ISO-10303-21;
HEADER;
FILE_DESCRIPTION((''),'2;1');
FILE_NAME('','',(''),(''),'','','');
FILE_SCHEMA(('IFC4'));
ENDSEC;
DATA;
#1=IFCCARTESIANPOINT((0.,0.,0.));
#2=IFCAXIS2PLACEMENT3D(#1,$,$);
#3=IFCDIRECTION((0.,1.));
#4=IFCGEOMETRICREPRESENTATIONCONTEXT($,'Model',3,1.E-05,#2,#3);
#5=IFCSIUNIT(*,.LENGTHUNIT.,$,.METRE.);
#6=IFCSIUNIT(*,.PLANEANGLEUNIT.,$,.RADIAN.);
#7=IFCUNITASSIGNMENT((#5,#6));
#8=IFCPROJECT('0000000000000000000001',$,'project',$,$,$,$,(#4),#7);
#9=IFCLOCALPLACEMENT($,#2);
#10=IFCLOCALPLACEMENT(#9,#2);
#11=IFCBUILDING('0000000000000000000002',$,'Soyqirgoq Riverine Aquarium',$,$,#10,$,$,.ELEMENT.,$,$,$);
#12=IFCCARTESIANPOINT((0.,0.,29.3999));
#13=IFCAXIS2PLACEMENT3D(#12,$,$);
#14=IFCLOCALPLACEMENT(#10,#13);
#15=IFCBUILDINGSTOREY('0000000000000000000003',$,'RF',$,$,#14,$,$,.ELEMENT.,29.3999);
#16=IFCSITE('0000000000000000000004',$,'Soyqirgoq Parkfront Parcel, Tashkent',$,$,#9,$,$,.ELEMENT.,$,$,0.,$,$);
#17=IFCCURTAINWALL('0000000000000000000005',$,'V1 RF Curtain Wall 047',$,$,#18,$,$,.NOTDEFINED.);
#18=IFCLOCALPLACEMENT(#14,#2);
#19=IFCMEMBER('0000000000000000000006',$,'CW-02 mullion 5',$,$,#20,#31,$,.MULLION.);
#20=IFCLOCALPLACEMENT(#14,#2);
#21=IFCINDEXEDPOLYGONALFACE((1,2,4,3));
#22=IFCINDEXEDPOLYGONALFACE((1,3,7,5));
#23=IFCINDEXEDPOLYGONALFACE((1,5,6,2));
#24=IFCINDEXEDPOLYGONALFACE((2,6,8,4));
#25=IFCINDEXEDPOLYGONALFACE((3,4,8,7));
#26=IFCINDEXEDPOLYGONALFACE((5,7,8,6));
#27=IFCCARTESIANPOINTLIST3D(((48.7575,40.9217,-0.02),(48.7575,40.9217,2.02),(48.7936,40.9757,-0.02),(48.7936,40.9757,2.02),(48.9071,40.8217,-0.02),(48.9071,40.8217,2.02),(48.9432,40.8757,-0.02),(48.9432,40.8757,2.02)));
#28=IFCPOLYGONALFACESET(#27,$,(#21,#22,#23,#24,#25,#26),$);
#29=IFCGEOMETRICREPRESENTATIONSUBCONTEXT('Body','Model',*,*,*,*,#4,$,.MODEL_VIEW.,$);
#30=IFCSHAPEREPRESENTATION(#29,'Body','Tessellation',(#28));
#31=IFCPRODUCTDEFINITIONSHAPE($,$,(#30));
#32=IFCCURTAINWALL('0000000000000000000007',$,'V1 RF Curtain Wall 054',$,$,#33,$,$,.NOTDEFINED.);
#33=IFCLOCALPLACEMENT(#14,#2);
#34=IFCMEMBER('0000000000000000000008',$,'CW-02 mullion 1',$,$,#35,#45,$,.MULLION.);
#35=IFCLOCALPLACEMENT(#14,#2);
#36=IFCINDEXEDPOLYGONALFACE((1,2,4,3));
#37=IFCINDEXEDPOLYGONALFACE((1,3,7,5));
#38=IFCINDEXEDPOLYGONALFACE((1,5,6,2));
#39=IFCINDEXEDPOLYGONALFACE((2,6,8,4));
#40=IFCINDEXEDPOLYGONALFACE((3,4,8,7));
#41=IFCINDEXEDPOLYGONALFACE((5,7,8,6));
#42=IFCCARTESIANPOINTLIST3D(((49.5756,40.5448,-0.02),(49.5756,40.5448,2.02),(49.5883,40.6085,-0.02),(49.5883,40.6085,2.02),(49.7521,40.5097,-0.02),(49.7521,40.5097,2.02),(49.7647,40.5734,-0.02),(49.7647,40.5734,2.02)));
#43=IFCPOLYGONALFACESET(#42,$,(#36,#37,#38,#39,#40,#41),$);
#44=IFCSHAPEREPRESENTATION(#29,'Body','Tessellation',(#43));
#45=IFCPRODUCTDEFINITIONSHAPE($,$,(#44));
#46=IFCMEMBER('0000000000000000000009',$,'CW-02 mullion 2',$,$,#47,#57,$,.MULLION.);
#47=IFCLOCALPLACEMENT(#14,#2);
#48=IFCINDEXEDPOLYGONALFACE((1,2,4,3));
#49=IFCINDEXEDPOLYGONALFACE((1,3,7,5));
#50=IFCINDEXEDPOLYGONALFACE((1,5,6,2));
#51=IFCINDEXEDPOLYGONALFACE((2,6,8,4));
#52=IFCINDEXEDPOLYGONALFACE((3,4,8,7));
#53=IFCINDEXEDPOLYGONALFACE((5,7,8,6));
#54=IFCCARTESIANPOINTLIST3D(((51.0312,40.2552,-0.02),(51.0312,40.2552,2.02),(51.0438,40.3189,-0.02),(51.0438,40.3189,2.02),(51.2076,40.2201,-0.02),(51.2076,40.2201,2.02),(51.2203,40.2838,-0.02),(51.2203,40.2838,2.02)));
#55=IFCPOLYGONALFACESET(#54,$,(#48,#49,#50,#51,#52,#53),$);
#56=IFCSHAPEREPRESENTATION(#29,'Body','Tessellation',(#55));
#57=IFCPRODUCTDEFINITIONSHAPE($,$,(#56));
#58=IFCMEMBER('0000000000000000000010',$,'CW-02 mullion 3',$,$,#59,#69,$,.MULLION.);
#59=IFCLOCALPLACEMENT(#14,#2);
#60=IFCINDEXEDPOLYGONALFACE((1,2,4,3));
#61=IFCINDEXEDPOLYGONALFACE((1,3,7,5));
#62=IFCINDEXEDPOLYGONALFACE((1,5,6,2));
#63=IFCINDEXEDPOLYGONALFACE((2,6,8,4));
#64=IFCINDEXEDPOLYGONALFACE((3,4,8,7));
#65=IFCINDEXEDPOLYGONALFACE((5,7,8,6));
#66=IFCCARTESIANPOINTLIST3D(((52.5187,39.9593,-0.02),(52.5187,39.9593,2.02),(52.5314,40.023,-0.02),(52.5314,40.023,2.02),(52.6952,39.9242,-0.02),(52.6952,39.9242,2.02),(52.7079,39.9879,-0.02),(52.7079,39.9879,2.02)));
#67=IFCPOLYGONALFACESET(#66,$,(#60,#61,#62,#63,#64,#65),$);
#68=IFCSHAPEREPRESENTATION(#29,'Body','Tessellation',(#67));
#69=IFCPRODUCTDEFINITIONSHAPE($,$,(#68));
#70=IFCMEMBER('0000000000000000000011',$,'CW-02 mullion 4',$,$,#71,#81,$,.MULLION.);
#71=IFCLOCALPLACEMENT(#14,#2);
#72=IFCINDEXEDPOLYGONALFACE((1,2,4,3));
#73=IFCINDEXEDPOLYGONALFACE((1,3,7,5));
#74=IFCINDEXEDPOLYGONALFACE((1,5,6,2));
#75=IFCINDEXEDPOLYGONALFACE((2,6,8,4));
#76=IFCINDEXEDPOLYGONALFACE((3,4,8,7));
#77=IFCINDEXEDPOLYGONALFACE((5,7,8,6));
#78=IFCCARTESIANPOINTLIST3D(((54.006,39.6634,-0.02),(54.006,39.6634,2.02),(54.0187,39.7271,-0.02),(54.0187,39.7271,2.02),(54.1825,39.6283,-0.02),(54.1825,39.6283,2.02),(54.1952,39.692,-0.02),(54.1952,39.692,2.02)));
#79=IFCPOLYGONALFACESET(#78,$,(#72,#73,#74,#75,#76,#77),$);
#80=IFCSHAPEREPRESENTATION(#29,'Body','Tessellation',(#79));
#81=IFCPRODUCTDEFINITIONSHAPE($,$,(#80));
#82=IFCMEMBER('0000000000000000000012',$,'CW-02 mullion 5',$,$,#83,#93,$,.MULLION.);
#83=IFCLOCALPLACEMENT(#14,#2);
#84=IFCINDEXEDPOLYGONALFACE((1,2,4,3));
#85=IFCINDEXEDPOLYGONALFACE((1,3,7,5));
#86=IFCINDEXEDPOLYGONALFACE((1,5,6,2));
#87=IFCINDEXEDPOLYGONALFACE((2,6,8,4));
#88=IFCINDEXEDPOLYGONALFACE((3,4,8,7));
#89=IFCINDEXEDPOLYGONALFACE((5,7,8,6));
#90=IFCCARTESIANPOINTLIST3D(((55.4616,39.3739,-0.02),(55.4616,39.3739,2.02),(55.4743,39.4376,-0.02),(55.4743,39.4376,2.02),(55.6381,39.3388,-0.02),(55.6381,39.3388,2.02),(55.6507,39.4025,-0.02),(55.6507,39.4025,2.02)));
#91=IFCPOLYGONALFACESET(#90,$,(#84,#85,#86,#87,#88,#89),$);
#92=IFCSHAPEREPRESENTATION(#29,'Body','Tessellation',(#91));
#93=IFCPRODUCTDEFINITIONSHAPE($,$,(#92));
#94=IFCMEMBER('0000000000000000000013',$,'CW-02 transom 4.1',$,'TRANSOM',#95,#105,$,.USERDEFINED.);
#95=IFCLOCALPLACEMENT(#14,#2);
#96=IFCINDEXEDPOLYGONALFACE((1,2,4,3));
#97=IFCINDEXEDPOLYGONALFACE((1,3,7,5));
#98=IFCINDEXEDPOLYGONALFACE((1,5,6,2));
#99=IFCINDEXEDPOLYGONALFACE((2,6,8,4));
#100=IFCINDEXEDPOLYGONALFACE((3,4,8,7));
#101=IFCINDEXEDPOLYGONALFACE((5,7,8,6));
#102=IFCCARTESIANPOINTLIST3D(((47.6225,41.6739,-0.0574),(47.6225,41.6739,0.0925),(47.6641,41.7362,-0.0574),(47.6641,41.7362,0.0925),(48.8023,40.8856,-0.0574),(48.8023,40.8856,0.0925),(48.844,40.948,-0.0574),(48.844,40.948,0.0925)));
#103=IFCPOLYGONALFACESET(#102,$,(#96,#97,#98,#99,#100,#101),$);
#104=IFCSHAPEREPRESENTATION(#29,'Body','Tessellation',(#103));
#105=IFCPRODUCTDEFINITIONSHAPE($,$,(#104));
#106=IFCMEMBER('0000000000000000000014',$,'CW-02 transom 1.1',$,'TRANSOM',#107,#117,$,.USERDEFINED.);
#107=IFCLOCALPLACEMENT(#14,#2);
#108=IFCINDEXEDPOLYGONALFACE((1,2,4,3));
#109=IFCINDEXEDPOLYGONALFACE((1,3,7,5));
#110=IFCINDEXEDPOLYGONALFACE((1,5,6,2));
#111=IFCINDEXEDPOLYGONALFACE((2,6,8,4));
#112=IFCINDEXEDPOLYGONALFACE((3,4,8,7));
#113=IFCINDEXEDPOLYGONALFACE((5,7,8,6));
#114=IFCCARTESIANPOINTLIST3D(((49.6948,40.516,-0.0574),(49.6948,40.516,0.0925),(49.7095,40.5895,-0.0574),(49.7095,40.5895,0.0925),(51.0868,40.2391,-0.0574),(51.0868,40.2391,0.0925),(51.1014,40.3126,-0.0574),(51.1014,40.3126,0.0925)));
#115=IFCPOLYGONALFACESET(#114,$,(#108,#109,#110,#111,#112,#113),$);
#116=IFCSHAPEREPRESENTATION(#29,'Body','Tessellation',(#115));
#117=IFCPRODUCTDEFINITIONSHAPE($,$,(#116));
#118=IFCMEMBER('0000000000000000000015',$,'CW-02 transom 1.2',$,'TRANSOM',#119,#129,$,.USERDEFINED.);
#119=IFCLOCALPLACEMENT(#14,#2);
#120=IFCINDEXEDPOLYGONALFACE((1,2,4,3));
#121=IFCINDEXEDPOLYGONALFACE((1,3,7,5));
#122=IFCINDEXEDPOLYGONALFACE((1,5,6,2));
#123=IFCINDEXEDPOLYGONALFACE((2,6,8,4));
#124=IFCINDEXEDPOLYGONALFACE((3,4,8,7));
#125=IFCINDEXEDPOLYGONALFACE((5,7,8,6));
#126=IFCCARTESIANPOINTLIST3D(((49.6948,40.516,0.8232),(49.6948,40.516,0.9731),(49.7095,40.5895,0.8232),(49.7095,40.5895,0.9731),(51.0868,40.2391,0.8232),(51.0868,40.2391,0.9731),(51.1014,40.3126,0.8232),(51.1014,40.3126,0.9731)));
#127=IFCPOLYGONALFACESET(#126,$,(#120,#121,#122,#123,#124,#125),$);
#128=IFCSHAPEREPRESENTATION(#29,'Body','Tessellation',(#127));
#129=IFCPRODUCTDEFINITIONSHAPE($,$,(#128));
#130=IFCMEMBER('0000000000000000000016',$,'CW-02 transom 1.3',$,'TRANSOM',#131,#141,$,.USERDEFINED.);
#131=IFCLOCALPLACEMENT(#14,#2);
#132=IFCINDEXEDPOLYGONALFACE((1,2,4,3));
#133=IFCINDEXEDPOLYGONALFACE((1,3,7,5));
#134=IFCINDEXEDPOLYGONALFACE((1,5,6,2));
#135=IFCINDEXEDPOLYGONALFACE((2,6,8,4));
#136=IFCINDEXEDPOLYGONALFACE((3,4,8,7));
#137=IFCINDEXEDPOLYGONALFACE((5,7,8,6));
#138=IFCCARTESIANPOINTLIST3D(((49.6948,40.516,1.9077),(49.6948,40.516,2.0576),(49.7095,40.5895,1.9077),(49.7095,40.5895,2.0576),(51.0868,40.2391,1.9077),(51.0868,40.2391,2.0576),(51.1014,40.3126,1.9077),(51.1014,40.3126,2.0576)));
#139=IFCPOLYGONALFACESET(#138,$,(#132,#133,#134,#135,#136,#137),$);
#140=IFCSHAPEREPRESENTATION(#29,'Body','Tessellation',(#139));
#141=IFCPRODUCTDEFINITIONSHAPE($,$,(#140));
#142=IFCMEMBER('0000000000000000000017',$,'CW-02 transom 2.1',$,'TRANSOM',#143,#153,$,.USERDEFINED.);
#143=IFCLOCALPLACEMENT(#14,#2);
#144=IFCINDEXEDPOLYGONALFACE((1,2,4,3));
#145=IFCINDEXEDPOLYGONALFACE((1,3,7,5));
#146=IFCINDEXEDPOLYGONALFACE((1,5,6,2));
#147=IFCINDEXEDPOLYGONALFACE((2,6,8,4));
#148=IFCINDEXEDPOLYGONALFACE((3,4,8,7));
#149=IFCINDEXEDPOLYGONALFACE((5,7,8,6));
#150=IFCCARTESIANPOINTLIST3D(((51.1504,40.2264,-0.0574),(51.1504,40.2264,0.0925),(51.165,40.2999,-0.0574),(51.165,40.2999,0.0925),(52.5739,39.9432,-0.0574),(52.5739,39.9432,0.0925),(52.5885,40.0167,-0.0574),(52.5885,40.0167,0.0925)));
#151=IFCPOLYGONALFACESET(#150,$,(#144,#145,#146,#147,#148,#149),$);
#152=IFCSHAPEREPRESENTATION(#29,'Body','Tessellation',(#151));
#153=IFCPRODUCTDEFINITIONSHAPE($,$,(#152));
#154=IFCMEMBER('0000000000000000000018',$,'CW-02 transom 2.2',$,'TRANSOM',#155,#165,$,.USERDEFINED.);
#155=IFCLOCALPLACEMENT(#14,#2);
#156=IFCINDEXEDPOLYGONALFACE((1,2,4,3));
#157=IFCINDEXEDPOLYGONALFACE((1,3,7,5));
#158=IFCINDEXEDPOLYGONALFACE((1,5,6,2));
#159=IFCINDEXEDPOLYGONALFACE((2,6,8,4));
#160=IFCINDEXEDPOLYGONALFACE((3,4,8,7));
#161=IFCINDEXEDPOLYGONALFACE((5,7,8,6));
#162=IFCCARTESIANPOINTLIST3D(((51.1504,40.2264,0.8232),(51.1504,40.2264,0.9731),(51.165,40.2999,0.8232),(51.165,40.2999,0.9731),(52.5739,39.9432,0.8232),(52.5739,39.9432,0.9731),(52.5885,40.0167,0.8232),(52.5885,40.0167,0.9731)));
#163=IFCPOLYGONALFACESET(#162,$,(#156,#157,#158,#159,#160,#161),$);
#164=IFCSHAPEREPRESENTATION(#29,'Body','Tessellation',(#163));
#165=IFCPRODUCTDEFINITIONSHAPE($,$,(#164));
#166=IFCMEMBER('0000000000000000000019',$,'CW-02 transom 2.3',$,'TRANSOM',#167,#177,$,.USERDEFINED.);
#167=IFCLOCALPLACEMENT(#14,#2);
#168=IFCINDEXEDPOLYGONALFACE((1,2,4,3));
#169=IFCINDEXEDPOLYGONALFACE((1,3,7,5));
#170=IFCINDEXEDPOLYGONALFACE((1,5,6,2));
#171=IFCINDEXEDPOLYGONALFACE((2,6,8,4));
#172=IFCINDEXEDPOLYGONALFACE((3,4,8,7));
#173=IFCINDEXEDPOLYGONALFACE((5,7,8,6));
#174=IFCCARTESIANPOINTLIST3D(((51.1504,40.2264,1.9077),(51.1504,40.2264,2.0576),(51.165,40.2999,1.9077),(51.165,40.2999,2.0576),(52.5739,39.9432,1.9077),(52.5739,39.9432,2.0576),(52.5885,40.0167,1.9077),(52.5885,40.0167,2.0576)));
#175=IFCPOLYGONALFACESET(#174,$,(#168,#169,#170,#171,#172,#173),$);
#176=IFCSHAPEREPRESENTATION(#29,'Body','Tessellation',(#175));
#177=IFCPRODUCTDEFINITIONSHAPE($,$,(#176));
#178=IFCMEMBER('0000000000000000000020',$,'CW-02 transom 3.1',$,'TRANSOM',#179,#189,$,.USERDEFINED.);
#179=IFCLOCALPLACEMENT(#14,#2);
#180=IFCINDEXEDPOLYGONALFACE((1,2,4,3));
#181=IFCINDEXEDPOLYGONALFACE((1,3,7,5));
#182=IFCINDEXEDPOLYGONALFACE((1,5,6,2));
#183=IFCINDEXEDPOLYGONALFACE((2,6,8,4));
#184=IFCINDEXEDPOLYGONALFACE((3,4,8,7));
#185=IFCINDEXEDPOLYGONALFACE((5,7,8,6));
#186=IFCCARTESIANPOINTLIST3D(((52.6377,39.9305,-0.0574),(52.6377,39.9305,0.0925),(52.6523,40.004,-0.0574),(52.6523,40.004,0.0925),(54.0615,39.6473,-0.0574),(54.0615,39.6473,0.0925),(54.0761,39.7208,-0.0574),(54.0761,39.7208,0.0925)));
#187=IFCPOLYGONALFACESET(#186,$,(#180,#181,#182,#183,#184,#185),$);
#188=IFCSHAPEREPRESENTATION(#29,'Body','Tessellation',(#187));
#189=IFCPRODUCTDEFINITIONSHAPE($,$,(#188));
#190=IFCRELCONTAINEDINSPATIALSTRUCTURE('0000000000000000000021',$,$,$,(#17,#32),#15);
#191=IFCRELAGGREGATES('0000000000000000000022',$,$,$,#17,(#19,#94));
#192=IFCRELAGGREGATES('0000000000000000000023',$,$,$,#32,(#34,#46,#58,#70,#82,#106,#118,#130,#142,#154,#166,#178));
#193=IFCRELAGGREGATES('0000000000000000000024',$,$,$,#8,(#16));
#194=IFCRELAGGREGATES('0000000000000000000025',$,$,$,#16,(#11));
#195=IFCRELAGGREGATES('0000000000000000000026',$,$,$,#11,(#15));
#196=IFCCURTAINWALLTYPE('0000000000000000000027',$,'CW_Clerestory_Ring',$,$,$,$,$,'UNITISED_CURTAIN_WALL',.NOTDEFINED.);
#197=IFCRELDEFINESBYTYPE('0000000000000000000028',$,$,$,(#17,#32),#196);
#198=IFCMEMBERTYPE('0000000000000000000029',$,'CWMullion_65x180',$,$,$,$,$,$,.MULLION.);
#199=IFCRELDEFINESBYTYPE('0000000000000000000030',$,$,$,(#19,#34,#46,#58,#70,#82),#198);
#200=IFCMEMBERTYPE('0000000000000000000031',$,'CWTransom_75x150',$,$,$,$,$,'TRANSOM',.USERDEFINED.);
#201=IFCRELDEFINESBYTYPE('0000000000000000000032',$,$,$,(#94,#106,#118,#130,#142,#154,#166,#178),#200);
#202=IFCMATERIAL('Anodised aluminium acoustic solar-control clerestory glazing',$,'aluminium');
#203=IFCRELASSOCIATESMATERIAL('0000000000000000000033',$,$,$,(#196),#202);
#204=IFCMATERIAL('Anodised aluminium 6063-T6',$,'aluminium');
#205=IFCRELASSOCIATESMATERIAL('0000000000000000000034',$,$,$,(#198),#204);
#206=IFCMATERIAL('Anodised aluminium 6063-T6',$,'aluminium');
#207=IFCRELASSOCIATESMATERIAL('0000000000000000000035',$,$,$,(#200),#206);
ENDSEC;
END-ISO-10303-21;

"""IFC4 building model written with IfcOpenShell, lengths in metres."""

from ifc_helpers import new_model, si_unit, direction, frame, origin, origin_2d, place, context, subcontext, project, spatial, rectangle, extrude, material, material_profile, profile_set, type_object, element, aggregate, save


model = new_model("IFC4")

# Units and contexts
model_context = context("Model", 3, precision=1e-05, world=origin(), true_north=direction((0.0, 1.0)))
body_context = subcontext(model_context, "Body", "Model", "MODEL_VIEW")
ifc_project = project(units=[si_unit("LENGTHUNIT", "METRE"), si_unit("PLANEANGLEUNIT", "RADIAN")], contexts=[model_context])

# Site, building, storey
site_placement = place(None, origin())
site = spatial("IfcSite", under=ifc_project, at=site_placement, Name="Soyqirgoq Parkfront Parcel, Tashkent", CompositionType="ELEMENT", RefElevation=0.0)
building_placement = place(site_placement, origin())
building = spatial("IfcBuilding", under=site, at=building_placement, Name="Soyqirgoq Riverine Aquarium", CompositionType="ELEMENT")
storey_placement = place(building_placement, frame((0.0, 0.0, 29.3999)))
storey = spatial("IfcBuildingStorey", under=building, at=storey_placement, Name="RF", CompositionType="ELEMENT", Elevation=29.3999)

# Curtain wall, member
ifc_material_1 = material(Name="Anodised aluminium acoustic solar-control clerestory glazing", Category="aluminium")
curtain_wall_type = type_object("IfcCurtainWallType", Name="CW_Clerestory_Ring", ElementType="UNITISED_CURTAIN_WALL", PredefinedType="NOTDEFINED", material=ifc_material_1)
curtain_wall_1_placement = place(storey_placement, origin())
curtain_wall_1 = element("IfcCurtainWall", 1, at=curtain_wall_1_placement, inside=storey, type_object=curtain_wall_type, Name="V1 RF Curtain Wall 047", PredefinedType="NOTDEFINED")
ifc_material_2 = material(Name="Anodised aluminium 6063-T6", Category="aluminium")
ifc_material_profile_1 = material_profile(ifc_material_2, rectangle(XDim=0.0649, YDim=0.1799, at=origin_2d()), Name="ALU-M 65x180")
ifc_profile_set_1 = profile_set([ifc_material_profile_1], Name="Anodised aluminium 6063-T6")
member_type_1 = type_object("IfcMemberType", Name="CWMullion_65x180", PredefinedType="MULLION", material=ifc_profile_set_1)
member_1_placement = place(storey_placement, frame((48.8503, 40.8987, -0.02), z_axis=(0.0, 0.0, 1.0), x_axis=(0.555579, 0.831464, 0.0)))
member_1 = element("IfcMember", 2, at=member_1_placement, type_object=member_type_1, Name="CW-02 mullion 5", PredefinedType="MULLION", context=body_context, shape_type="SweptSolid", body=[
    extrude(rectangle(XDim=0.0649, YDim=0.1799, at=origin_2d()), origin(), (0.0, 0.0, 1.0), 2.04),
])

# Curtain wall, members
curtain_wall_2_placement = place(storey_placement, origin())
curtain_wall_2 = element("IfcCurtainWall", 3, at=curtain_wall_2_placement, inside=storey, type_object=curtain_wall_type, Name="V1 RF Curtain Wall 054", PredefinedType="NOTDEFINED")
member_2_placement = place(storey_placement, frame((49.6702, 40.5591, -0.02), z_axis=(0.0, 0.0, 1.0), x_axis=(0.195095, 0.980784, 0.0)))
member_2 = element("IfcMember", 4, at=member_2_placement, type_object=member_type_1, Name="CW-02 mullion 1", PredefinedType="MULLION", context=body_context, shape_type="SweptSolid", body=[
    extrude(rectangle(XDim=0.0649, YDim=0.1799, at=origin_2d()), origin(), (0.0, 0.0, 1.0), 2.04),
])
member_3_placement = place(storey_placement, frame((51.1257, 40.2695, -0.02), z_axis=(0.0, 0.0, 1.0), x_axis=(0.195095, 0.980784, 0.0)))
member_3 = element("IfcMember", 5, at=member_3_placement, type_object=member_type_1, Name="CW-02 mullion 2", PredefinedType="MULLION", context=body_context, shape_type="SweptSolid", body=[
    extrude(rectangle(XDim=0.0649, YDim=0.1799, at=origin_2d()), origin(), (0.0, 0.0, 1.0), 2.04),
])
member_4_placement = place(storey_placement, frame((52.6133, 39.9736, -0.02), z_axis=(0.0, 0.0, 1.0), x_axis=(0.195095, 0.980784, 0.0)))
member_4 = element("IfcMember", 6, at=member_4_placement, type_object=member_type_1, Name="CW-02 mullion 3", PredefinedType="MULLION", context=body_context, shape_type="SweptSolid", body=[
    extrude(rectangle(XDim=0.0649, YDim=0.1799, at=origin_2d()), origin(), (0.0, 0.0, 1.0), 2.04),
])
member_5_placement = place(storey_placement, frame((54.1006, 39.6777, -0.02), z_axis=(0.0, 0.0, 1.0), x_axis=(0.195095, 0.980784, 0.0)))
member_5 = element("IfcMember", 7, at=member_5_placement, type_object=member_type_1, Name="CW-02 mullion 4", PredefinedType="MULLION", context=body_context, shape_type="SweptSolid", body=[
    extrude(rectangle(XDim=0.0649, YDim=0.1799, at=origin_2d()), origin(), (0.0, 0.0, 1.0), 2.04),
])
member_6_placement = place(storey_placement, frame((55.5562, 39.3882, -0.02), z_axis=(0.0, 0.0, 1.0), x_axis=(0.195095, 0.980784, 0.0)))
member_6 = element("IfcMember", 8, at=member_6_placement, type_object=member_type_1, Name="CW-02 mullion 5", PredefinedType="MULLION", context=body_context, shape_type="SweptSolid", body=[
    extrude(rectangle(XDim=0.0649, YDim=0.1799, at=origin_2d()), origin(), (0.0, 0.0, 1.0), 2.04),
])

# Members
ifc_material_3 = material(Name="Anodised aluminium 6063-T6", Category="aluminium")
ifc_material_profile_2 = material_profile(ifc_material_3, rectangle(XDim=0.075, YDim=0.1499, at=origin_2d()), Name="ALU-T 75x150")
ifc_profile_set_2 = profile_set([ifc_material_profile_2], Name="Anodised aluminium 6063-T6")
member_type_2 = type_object("IfcMemberType", Name="CWTransom_75x150", ElementType="TRANSOM", PredefinedType="USERDEFINED", material=ifc_profile_set_2)
member_7_placement = place(storey_placement, frame((47.6433, 41.7051, 0.0176), z_axis=(0.831494, -0.555534, 0.0), x_axis=(0.555534, 0.831494, 0.0)))
member_7 = element("IfcMember", 9, at=member_7_placement, type_object=member_type_2, Name="CW-02 transom 4.1", ObjectType="TRANSOM", PredefinedType="USERDEFINED", context=body_context, shape_type="SweptSolid", body=[
    extrude(rectangle(XDim=0.075, YDim=0.1499, at=origin_2d()), origin(), (0.0, 0.0, 1.0), 1.4189),
])
member_8_placement = place(storey_placement, frame((49.7021, 40.5527, 0.0176), z_axis=(0.980785, -0.19509, 0.0), x_axis=(0.19509, 0.980785, 0.0)))
member_8 = element("IfcMember", 10, at=member_8_placement, type_object=member_type_2, Name="CW-02 transom 1.1", ObjectType="TRANSOM", PredefinedType="USERDEFINED", context=body_context, shape_type="SweptSolid", body=[
    extrude(rectangle(XDim=0.075, YDim=0.1499, at=origin_2d()), origin(), (0.0, 0.0, 1.0), 1.4192),
])
member_9_placement = place(storey_placement, frame((49.7021, 40.5527, 0.8982), z_axis=(0.980785, -0.19509, 0.0), x_axis=(0.19509, 0.980785, 0.0)))
member_9 = element("IfcMember", 11, at=member_9_placement, type_object=member_type_2, Name="CW-02 transom 1.2", ObjectType="TRANSOM", PredefinedType="USERDEFINED", context=body_context, shape_type="SweptSolid", body=[
    extrude(rectangle(XDim=0.075, YDim=0.1499, at=origin_2d()), origin(), (0.0, 0.0, 1.0), 1.4192),
])
member_10_placement = place(storey_placement, frame((49.7021, 40.5527, 1.9827), z_axis=(0.980785, -0.19509, 0.0), x_axis=(0.19509, 0.980785, 0.0)))
member_10 = element("IfcMember", 12, at=member_10_placement, type_object=member_type_2, Name="CW-02 transom 1.3", ObjectType="TRANSOM", PredefinedType="USERDEFINED", context=body_context, shape_type="SweptSolid", body=[
    extrude(rectangle(XDim=0.075, YDim=0.1499, at=origin_2d()), origin(), (0.0, 0.0, 1.0), 1.4192),
])
member_11_placement = place(storey_placement, frame((51.1577, 40.2632, 0.0176), z_axis=(0.980781, -0.195113, 0.0), x_axis=(0.195113, 0.980781, 0.0)))
member_11 = element("IfcMember", 13, at=member_11_placement, type_object=member_type_2, Name="CW-02 transom 2.1", ObjectType="TRANSOM", PredefinedType="USERDEFINED", context=body_context, shape_type="SweptSolid", body=[
    extrude(rectangle(XDim=0.075, YDim=0.1499, at=origin_2d()), origin(), (0.0, 0.0, 1.0), 1.4514),
])
member_12_placement = place(storey_placement, frame((51.1577, 40.2632, 0.8982), z_axis=(0.980781, -0.195113, 0.0), x_axis=(0.195113, 0.980781, 0.0)))
member_12 = element("IfcMember", 14, at=member_12_placement, type_object=member_type_2, Name="CW-02 transom 2.2", ObjectType="TRANSOM", PredefinedType="USERDEFINED", context=body_context, shape_type="SweptSolid", body=[
    extrude(rectangle(XDim=0.075, YDim=0.1499, at=origin_2d()), origin(), (0.0, 0.0, 1.0), 1.4514),
])
member_13_placement = place(storey_placement, frame((51.1577, 40.2632, 1.9827), z_axis=(0.980781, -0.195113, 0.0), x_axis=(0.195113, 0.980781, 0.0)))
member_13 = element("IfcMember", 15, at=member_13_placement, type_object=member_type_2, Name="CW-02 transom 2.3", ObjectType="TRANSOM", PredefinedType="USERDEFINED", context=body_context, shape_type="SweptSolid", body=[
    extrude(rectangle(XDim=0.075, YDim=0.1499, at=origin_2d()), origin(), (0.0, 0.0, 1.0), 1.4514),
])
member_14_placement = place(storey_placement, frame((52.645, 39.9673, 0.0176), z_axis=(0.980787, -0.195081, 0.0), x_axis=(0.195081, 0.980787, 0.0)))
member_14 = element("IfcMember", 16, at=member_14_placement, type_object=member_type_2, Name="CW-02 transom 3.1", ObjectType="TRANSOM", PredefinedType="USERDEFINED", context=body_context, shape_type="SweptSolid", body=[
    extrude(rectangle(XDim=0.075, YDim=0.1499, at=origin_2d()), origin(), (0.0, 0.0, 1.0), 1.4517),
])

aggregate(curtain_wall_1, [member_1, member_7])
aggregate(curtain_wall_2, [member_2, member_3, member_4, member_5, member_6, member_8, member_9, member_10, member_11, member_12, member_13, member_14])

save(model, "model.ifc")
